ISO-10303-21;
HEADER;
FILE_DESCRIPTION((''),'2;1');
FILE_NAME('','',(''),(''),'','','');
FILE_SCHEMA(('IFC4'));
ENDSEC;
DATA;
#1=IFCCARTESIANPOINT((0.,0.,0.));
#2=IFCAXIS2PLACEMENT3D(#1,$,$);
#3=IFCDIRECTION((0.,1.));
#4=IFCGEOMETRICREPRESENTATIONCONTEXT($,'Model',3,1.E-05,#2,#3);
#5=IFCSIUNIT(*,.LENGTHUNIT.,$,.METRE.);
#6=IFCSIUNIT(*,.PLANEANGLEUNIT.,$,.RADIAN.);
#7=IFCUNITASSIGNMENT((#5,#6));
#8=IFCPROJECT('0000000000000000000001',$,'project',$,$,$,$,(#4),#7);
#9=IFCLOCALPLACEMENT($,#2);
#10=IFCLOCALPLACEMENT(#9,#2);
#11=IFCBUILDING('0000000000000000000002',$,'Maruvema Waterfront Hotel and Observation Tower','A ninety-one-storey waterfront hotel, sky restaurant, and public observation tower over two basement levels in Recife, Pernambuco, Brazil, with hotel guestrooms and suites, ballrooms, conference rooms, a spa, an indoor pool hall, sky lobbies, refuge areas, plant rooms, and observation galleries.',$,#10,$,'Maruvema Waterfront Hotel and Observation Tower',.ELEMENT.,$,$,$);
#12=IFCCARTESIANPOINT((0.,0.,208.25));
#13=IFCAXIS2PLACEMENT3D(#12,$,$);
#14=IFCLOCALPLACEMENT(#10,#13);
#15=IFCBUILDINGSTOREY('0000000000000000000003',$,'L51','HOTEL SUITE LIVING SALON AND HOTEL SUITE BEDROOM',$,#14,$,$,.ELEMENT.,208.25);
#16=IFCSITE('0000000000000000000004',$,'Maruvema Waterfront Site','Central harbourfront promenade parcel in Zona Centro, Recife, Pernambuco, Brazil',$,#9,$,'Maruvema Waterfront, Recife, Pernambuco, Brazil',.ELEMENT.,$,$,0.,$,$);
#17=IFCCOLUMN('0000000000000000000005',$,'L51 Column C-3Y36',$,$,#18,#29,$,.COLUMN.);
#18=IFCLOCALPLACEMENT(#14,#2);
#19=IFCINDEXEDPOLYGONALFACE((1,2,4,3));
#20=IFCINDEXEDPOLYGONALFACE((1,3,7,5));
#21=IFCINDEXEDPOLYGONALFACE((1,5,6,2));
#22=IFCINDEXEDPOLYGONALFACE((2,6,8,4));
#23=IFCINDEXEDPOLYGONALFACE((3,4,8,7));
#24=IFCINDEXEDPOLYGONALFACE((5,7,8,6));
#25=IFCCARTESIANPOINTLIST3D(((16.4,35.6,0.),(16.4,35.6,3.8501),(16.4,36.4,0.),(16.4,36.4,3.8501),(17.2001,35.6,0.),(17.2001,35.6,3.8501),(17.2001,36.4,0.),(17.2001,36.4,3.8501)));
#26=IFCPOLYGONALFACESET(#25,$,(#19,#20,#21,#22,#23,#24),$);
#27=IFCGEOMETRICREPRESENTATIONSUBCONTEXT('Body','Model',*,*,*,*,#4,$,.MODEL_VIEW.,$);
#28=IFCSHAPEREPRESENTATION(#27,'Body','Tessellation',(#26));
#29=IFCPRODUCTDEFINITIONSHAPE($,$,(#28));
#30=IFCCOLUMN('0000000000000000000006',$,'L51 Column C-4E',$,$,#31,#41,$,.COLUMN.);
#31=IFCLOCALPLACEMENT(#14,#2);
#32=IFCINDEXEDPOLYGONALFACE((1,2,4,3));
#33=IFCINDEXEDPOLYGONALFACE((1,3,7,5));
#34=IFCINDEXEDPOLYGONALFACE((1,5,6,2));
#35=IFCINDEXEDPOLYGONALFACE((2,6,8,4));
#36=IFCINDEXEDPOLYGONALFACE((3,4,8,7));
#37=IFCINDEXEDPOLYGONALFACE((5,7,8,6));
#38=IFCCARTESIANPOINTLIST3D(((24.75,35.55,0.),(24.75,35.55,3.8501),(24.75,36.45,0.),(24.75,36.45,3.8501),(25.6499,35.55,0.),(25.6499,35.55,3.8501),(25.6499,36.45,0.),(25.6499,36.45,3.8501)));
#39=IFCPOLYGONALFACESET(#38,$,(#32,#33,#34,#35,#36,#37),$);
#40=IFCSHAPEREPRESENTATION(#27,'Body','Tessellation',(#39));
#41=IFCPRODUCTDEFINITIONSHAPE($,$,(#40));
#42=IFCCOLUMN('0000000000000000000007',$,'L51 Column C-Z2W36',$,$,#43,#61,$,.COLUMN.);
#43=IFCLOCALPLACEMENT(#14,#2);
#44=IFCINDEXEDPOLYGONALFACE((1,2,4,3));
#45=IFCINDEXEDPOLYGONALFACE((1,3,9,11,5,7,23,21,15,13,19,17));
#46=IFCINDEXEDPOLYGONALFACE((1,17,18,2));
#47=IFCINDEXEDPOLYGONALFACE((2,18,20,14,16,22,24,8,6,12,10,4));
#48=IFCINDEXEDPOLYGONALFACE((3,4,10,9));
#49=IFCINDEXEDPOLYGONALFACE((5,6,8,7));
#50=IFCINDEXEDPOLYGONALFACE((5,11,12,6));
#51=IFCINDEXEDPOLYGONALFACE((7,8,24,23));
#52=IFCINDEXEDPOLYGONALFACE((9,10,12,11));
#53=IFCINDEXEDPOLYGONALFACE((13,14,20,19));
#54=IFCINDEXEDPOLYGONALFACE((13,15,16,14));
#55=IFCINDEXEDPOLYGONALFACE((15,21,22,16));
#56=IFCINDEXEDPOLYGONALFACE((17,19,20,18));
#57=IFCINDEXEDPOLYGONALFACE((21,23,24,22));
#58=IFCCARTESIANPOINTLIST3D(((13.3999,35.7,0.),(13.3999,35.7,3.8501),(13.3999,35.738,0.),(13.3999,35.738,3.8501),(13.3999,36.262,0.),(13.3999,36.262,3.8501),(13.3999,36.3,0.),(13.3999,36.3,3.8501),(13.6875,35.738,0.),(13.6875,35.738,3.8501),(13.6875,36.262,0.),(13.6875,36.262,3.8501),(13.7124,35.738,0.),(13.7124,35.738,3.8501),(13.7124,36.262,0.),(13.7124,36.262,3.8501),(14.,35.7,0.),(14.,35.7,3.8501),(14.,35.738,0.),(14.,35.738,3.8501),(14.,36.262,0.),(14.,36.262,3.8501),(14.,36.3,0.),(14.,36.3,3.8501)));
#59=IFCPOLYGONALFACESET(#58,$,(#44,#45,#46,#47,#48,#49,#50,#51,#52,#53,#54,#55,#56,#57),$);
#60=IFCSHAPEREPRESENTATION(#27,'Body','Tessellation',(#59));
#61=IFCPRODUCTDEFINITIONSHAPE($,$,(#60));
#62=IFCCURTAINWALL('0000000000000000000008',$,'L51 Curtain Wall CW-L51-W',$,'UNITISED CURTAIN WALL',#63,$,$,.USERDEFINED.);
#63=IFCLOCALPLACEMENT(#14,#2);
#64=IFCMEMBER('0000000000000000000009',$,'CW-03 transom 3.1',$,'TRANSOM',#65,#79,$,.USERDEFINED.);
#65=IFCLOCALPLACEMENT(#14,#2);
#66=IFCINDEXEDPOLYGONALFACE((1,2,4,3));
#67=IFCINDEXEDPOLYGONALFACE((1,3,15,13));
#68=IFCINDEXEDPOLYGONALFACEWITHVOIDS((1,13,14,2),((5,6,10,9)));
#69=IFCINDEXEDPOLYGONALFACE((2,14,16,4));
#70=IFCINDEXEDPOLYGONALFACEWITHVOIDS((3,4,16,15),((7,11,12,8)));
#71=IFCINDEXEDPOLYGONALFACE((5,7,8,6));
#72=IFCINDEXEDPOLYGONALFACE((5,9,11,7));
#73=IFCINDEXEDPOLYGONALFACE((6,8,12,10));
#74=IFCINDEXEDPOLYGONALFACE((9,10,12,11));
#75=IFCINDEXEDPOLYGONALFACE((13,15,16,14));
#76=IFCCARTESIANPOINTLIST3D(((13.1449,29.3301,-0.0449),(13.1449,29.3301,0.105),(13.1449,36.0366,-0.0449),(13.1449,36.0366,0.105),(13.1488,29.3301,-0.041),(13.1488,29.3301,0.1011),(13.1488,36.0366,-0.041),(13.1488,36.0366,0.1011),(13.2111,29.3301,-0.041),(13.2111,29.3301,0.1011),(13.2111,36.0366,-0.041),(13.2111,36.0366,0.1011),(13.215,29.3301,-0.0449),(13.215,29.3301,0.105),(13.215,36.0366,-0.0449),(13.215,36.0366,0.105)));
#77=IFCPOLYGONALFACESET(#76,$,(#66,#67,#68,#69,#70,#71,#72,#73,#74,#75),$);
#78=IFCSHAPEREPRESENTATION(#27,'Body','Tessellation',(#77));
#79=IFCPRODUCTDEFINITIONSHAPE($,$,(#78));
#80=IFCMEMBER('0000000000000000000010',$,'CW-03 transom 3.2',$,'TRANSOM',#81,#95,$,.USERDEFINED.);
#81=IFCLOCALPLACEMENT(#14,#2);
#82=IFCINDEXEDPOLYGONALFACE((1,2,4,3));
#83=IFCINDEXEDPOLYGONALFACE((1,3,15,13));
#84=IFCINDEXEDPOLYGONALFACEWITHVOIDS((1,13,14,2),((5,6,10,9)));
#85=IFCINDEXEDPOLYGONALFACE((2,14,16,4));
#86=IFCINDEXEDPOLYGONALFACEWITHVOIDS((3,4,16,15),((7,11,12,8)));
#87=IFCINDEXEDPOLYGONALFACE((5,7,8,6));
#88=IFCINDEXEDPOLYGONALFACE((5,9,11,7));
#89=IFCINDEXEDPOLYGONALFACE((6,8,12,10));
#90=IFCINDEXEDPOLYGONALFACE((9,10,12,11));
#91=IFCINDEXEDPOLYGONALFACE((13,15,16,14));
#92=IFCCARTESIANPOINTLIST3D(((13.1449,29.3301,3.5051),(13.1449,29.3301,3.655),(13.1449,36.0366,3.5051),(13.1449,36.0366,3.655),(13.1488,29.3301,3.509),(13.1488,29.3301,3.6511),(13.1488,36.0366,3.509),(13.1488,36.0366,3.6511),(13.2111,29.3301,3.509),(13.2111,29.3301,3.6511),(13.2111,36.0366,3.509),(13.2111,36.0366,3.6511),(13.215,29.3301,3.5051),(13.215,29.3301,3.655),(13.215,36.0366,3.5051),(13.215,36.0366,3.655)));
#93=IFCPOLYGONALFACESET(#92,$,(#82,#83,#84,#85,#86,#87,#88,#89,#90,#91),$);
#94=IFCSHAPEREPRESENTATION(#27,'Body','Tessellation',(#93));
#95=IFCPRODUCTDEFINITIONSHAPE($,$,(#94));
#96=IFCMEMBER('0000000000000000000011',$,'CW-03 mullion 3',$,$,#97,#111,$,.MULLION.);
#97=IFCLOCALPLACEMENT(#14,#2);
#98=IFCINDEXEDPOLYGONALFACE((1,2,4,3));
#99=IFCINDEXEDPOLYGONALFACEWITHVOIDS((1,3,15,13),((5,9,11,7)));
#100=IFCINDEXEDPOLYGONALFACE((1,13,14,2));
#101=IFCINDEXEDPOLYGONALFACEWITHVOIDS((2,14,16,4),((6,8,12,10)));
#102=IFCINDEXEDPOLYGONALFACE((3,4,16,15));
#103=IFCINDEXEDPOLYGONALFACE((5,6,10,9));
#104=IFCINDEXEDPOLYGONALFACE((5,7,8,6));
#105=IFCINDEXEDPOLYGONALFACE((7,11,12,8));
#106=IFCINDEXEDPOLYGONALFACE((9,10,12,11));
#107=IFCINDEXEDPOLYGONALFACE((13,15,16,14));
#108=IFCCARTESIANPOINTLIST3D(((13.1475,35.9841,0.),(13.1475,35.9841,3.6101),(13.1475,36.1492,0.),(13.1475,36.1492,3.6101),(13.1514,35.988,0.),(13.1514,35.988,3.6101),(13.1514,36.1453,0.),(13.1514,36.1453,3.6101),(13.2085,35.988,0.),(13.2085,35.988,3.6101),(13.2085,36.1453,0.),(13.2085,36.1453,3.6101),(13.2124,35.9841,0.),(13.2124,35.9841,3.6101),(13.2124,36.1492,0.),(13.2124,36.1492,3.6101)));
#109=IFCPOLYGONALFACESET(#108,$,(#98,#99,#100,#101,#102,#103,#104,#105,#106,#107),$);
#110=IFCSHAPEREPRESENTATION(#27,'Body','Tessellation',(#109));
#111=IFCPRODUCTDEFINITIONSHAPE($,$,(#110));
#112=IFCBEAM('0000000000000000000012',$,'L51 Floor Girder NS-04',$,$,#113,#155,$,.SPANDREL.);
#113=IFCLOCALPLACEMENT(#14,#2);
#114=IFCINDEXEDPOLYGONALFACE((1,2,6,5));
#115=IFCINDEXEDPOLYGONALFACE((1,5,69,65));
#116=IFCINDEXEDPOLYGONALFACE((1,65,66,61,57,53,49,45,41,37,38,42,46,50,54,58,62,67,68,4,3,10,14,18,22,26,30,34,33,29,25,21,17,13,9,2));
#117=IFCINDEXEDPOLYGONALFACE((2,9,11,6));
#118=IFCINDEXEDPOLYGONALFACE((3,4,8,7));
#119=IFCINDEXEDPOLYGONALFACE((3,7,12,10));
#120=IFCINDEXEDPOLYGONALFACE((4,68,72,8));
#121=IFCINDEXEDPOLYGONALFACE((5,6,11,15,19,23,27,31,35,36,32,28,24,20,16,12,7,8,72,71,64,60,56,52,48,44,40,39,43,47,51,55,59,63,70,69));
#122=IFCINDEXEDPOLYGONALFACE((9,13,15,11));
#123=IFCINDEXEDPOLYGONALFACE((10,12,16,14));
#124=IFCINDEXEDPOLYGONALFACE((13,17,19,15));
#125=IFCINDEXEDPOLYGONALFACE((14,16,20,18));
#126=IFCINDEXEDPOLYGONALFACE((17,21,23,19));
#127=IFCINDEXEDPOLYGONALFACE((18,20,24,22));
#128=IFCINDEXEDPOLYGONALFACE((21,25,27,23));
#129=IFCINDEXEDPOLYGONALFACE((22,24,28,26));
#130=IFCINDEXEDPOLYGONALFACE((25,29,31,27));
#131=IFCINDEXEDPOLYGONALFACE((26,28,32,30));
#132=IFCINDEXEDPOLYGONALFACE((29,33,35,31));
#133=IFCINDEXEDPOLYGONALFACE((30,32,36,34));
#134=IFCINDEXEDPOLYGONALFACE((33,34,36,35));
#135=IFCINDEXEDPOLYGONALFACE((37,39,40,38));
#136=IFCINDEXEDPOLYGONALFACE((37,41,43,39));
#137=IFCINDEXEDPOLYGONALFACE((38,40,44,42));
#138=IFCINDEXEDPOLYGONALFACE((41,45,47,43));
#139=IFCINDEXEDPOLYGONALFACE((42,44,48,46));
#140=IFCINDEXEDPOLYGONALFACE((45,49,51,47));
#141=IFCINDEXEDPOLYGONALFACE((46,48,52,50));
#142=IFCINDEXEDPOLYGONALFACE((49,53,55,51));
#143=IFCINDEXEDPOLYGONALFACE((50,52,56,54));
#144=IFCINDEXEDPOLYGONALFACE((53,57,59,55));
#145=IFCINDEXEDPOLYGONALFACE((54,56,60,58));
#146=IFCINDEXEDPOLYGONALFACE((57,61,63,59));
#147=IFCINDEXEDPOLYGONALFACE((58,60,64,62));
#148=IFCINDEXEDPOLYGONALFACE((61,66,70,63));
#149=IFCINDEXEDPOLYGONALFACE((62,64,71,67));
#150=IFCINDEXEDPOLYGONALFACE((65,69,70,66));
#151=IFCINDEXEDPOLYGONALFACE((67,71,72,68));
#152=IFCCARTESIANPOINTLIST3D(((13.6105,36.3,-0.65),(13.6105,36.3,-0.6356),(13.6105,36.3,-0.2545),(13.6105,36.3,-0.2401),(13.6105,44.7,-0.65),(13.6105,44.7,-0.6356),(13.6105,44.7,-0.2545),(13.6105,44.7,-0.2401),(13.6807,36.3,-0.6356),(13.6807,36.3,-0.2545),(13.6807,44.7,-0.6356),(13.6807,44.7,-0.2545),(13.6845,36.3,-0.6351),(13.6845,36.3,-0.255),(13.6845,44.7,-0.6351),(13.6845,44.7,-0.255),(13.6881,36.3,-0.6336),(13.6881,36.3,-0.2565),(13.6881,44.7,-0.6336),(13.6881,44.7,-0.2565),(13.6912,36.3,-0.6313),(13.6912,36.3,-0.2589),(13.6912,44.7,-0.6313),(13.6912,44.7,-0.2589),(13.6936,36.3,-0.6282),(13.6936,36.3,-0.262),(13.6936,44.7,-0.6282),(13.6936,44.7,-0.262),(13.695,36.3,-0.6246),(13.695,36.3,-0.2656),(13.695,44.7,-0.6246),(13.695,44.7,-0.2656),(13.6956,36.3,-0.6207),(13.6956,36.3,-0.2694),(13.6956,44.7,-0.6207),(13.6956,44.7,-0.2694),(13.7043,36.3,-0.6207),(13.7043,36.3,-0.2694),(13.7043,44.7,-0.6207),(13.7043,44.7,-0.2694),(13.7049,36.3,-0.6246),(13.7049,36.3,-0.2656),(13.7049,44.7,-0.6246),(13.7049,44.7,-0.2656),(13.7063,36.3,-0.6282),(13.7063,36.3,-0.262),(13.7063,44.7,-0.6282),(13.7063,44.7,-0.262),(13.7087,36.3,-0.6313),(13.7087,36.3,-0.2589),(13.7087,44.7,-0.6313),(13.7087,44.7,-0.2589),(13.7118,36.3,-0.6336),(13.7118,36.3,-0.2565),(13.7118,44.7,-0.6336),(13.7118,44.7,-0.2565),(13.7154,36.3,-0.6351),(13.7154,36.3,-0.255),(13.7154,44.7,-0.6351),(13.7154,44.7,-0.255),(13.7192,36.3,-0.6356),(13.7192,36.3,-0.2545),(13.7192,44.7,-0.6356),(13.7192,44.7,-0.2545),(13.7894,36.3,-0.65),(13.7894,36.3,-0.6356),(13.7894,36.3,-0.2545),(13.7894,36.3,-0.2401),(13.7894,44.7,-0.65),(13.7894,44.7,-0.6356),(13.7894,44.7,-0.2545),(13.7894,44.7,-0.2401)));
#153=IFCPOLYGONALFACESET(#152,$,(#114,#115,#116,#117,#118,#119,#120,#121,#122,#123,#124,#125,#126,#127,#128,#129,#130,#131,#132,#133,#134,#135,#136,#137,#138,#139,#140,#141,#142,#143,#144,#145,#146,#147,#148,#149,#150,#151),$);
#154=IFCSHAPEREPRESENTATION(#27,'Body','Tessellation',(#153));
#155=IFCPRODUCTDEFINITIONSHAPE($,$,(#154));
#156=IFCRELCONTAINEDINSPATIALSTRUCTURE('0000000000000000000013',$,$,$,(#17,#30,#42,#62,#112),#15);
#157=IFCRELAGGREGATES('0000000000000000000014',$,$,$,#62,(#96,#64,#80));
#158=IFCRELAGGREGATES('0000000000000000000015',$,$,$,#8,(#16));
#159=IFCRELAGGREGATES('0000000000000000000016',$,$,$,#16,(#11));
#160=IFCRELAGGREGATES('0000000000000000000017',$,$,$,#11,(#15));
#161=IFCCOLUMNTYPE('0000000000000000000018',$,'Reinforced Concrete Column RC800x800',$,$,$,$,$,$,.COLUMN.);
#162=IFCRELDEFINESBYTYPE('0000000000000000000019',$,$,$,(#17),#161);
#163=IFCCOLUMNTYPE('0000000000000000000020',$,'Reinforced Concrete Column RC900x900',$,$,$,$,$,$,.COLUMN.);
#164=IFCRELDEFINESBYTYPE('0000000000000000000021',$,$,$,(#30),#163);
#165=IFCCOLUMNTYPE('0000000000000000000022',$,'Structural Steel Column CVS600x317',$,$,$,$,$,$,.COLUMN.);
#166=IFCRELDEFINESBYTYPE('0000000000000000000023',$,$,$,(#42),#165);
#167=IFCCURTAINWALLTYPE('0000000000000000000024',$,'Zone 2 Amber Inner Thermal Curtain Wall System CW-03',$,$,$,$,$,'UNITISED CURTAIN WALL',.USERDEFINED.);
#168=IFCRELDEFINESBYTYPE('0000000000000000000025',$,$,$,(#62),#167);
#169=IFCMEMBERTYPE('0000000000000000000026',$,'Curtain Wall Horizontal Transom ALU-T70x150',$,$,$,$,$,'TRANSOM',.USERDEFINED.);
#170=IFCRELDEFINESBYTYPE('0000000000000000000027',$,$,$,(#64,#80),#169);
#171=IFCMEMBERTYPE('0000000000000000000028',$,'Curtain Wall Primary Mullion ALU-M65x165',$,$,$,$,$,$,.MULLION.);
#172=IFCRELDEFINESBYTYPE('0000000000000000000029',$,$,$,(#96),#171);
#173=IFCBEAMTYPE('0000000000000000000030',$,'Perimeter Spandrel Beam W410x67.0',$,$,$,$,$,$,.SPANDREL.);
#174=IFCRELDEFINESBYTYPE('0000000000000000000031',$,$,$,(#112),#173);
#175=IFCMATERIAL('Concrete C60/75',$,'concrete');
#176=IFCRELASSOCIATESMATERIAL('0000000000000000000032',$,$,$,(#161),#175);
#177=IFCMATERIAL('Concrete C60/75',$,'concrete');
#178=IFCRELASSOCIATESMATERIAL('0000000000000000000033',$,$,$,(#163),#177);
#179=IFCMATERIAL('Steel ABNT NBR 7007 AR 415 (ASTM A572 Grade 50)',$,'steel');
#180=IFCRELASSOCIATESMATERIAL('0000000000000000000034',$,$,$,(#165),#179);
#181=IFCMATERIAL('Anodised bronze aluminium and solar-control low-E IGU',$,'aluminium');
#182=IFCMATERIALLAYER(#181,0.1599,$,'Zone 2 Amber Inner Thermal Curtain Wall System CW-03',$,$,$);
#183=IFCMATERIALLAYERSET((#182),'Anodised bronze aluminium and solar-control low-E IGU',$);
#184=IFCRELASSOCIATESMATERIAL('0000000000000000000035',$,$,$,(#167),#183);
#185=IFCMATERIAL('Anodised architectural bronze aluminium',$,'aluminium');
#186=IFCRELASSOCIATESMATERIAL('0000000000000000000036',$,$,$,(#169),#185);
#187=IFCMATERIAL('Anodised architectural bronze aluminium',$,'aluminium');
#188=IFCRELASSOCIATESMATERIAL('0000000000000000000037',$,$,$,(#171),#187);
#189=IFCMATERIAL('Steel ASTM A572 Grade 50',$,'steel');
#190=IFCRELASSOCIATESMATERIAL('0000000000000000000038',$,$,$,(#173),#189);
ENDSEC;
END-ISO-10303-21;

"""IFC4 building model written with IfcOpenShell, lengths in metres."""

from ifc_helpers import new_model, si_unit, direction, frame, origin, origin_2d, place, context, subcontext, project, spatial, rectangle, hollow_rectangle, i_section, extrude, material, layer, layer_set, material_profile, profile_set, type_object, element, aggregate, save


model = new_model("IFC4")

# Units and contexts
model_context = context("Model", 3, precision=1e-05, world=origin(), true_north=direction((0.0, 1.0)))
body_context = subcontext(model_context, "Body", "Model", "MODEL_VIEW")
ifc_project = project(units=[si_unit("LENGTHUNIT", "METRE"), si_unit("PLANEANGLEUNIT", "RADIAN")], contexts=[model_context])

# Site, building, storey
site_placement = place(None, origin())
site = spatial("IfcSite", under=ifc_project, at=site_placement, Name="Maruvema Waterfront Site", Description="Central harbourfront promenade parcel in Zona Centro, Recife, Pernambuco, Brazil", LongName="Maruvema Waterfront, Recife, Pernambuco, Brazil", CompositionType="ELEMENT", RefElevation=0.0)
building_placement = place(site_placement, origin())
building = spatial("IfcBuilding", under=site, at=building_placement, Name="Maruvema Waterfront Hotel and Observation Tower", Description="A ninety-one-storey waterfront hotel, sky restaurant, and public observation tower over two basement levels in Recife, Pernambuco, Brazil, with hotel guestrooms and suites, ballrooms, conference rooms, a spa, an indoor pool hall, sky lobbies, refuge areas, plant rooms, and observation galleries.", LongName="Maruvema Waterfront Hotel and Observation Tower", CompositionType="ELEMENT")
storey_placement = place(building_placement, frame((0.0, 0.0, 208.25)))
storey = spatial("IfcBuildingStorey", under=building, at=storey_placement, Name="L51", Description="HOTEL SUITE LIVING SALON AND HOTEL SUITE BEDROOM", CompositionType="ELEMENT", Elevation=208.25)

# Columns
ifc_material_1 = material(Name="Concrete C60/75", Category="concrete")
ifc_material_profile_1 = material_profile(ifc_material_1, rectangle(XDim=0.8, YDim=0.8, at=origin_2d()), Name="RC800x800")
ifc_profile_set_1 = profile_set([ifc_material_profile_1], Name="Concrete C60/75")
column_type_1 = type_object("IfcColumnType", Name="Reinforced Concrete Column RC800x800", PredefinedType="COLUMN", material=ifc_profile_set_1)
column_1_placement = place(storey_placement, frame((16.8, 36.0, 0.0), z_axis=(0.0, 0.0, 1.0), x_axis=(1.0, 0.0, 0.0)))
element("IfcColumn", 1, at=column_1_placement, inside=storey, type_object=column_type_1, Name="L51 Column C-3Y36", PredefinedType="COLUMN", context=body_context, shape_type="SweptSolid", body=[
    extrude(rectangle(XDim=0.8, YDim=0.8, at=origin_2d()), origin(), (0.0, 0.0, 1.0), 3.8501),
])
ifc_material_2 = material(Name="Concrete C60/75", Category="concrete")
ifc_material_profile_2 = material_profile(ifc_material_2, rectangle(XDim=0.8999, YDim=0.8999, at=origin_2d()), Name="RC900x900")
ifc_profile_set_2 = profile_set([ifc_material_profile_2], Name="Concrete C60/75")
column_type_2 = type_object("IfcColumnType", Name="Reinforced Concrete Column RC900x900", PredefinedType="COLUMN", material=ifc_profile_set_2)
column_2_placement = place(storey_placement, frame((25.2, 36.0, 0.0), z_axis=(0.0, 0.0, 1.0), x_axis=(1.0, 0.0, 0.0)))
element("IfcColumn", 2, at=column_2_placement, inside=storey, type_object=column_type_2, Name="L51 Column C-4E", PredefinedType="COLUMN", context=body_context, shape_type="SweptSolid", body=[
    extrude(rectangle(XDim=0.8999, YDim=0.8999, at=origin_2d()), origin(), (0.0, 0.0, 1.0), 3.8501),
])
ifc_material_3 = material(Name="Steel ABNT NBR 7007 AR 415 (ASTM A572 Grade 50)", Category="steel")
ifc_material_profile_3 = material_profile(ifc_material_3, i_section(OverallWidth=0.6001, OverallDepth=0.6001, WebThickness=0.0249, FlangeThickness=0.0381, at=origin_2d()), Name="CVS600x317")
ifc_profile_set_3 = profile_set([ifc_material_profile_3], Name="Steel ABNT NBR 7007 AR 415 (ASTM A572 Grade 50)")
column_type_3 = type_object("IfcColumnType", Name="Structural Steel Column CVS600x317", PredefinedType="COLUMN", material=ifc_profile_set_3)
column_3_placement = place(storey_placement, frame((13.7, 36.0, 0.0), z_axis=(0.0, 0.0, 1.0), x_axis=(1.0, 0.0, 0.0)))
element("IfcColumn", 3, at=column_3_placement, inside=storey, type_object=column_type_3, Name="L51 Column C-Z2W36", PredefinedType="COLUMN", context=body_context, shape_type="SweptSolid", body=[
    extrude(i_section(OverallWidth=0.6001, OverallDepth=0.6001, WebThickness=0.0249, FlangeThickness=0.0381, at=origin_2d()), origin(), (0.0, 0.0, 1.0), 3.8501),
])

# Curtain wall, members
ifc_material_4 = material(Name="Anodised bronze aluminium and solar-control low-E IGU", Category="aluminium")
ifc_layer_1 = layer(ifc_material_4, 0.1599, Name="Zone 2 Amber Inner Thermal Curtain Wall System CW-03")
ifc_layer_set_1 = layer_set([ifc_layer_1], Name="Anodised bronze aluminium and solar-control low-E IGU")
curtain_wall_type = type_object("IfcCurtainWallType", Name="Zone 2 Amber Inner Thermal Curtain Wall System CW-03", ElementType="UNITISED CURTAIN WALL", PredefinedType="USERDEFINED", material=ifc_layer_set_1)
curtain_wall_placement = place(storey_placement, origin())
curtain_wall = element("IfcCurtainWall", 4, at=curtain_wall_placement, inside=storey, type_object=curtain_wall_type, Name="L51 Curtain Wall CW-L51-W", ObjectType="UNITISED CURTAIN WALL", PredefinedType="USERDEFINED")
ifc_material_5 = material(Name="Anodised architectural bronze aluminium", Category="aluminium")
ifc_material_profile_4 = material_profile(ifc_material_5, hollow_rectangle(XDim=0.0701, YDim=0.1499, WallThickness=0.0039, at=origin_2d()), Name="ALU-T70x150")
ifc_profile_set_4 = profile_set([ifc_material_profile_4], Name="Anodised architectural bronze aluminium")
member_type_1 = type_object("IfcMemberType", Name="Curtain Wall Horizontal Transom ALU-T70x150", ElementType="TRANSOM", PredefinedType="USERDEFINED", material=ifc_profile_set_4)
member_1_placement = place(storey_placement, frame((13.1799, 36.0366, 0.03), z_axis=(0.0, -1.0, 0.0), x_axis=(1.0, 0.0, 0.0)))
member_1 = element("IfcMember", 5, at=member_1_placement, type_object=member_type_1, Name="CW-03 transom 3.1", ObjectType="TRANSOM", PredefinedType="USERDEFINED", context=body_context, shape_type="SweptSolid", body=[
    extrude(hollow_rectangle(XDim=0.0701, YDim=0.1499, WallThickness=0.0039, at=origin_2d()), origin(), (0.0, 0.0, 1.0), 6.7065),
])
member_2_placement = place(storey_placement, frame((13.1799, 36.0366, 3.5801), z_axis=(0.0, -1.0, 0.0), x_axis=(1.0, 0.0, 0.0)))
member_2 = element("IfcMember", 6, at=member_2_placement, type_object=member_type_1, Name="CW-03 transom 3.2", ObjectType="TRANSOM", PredefinedType="USERDEFINED", context=body_context, shape_type="SweptSolid", body=[
    extrude(hollow_rectangle(XDim=0.0701, YDim=0.1499, WallThickness=0.0039, at=origin_2d()), origin(), (0.0, 0.0, 1.0), 6.7065),
])
ifc_material_6 = material(Name="Anodised architectural bronze aluminium", Category="aluminium")
ifc_material_profile_5 = material_profile(ifc_material_6, hollow_rectangle(XDim=0.0649, YDim=0.165, WallThickness=0.0039, at=origin_2d()), Name="ALU-M65x165")
ifc_profile_set_5 = profile_set([ifc_material_profile_5], Name="Anodised architectural bronze aluminium")
member_type_2 = type_object("IfcMemberType", Name="Curtain Wall Primary Mullion ALU-M65x165", PredefinedType="MULLION", material=ifc_profile_set_5)
member_3_placement = place(storey_placement, frame((13.1799, 36.0667, 0.0), z_axis=(0.0, 0.0, 1.0), x_axis=(1.0, 0.0, 0.0)))
member_3 = element("IfcMember", 7, at=member_3_placement, type_object=member_type_2, Name="CW-03 mullion 3", PredefinedType="MULLION", context=body_context, shape_type="SweptSolid", body=[
    extrude(hollow_rectangle(XDim=0.0649, YDim=0.165, WallThickness=0.0039, at=origin_2d()), origin(), (0.0, 0.0, 1.0), 3.6101),
])

# Beam
ifc_material_7 = material(Name="Steel ASTM A572 Grade 50", Category="steel")
ifc_material_profile_6 = material_profile(ifc_material_7, i_section(OverallWidth=0.179, OverallDepth=0.4099, WebThickness=0.0088, FlangeThickness=0.0144, FilletRadius=0.0149, at=origin_2d()), Name="W410x67.0")
ifc_profile_set_6 = profile_set([ifc_material_profile_6], Name="Steel ASTM A572 Grade 50")
beam_type_1 = type_object("IfcBeamType", Name="Perimeter Spandrel Beam W410x67.0", PredefinedType="SPANDREL", material=ifc_profile_set_6)
beam_1_placement = place(storey_placement, frame((13.7, 36.3, -0.4451), z_axis=(0.0, 1.0, 0.0), x_axis=(-1.0, 0.0, 0.0)))
element("IfcBeam", 8, at=beam_1_placement, inside=storey, type_object=beam_type_1, Name="L51 Floor Girder NS-04", PredefinedType="SPANDREL", context=body_context, shape_type="SweptSolid", body=[
    extrude(i_section(OverallWidth=0.179, OverallDepth=0.4099, WebThickness=0.0088, FlangeThickness=0.0144, FilletRadius=0.0149, at=origin_2d()), origin(), (0.0, 0.0, 1.0), 8.3999),
])

aggregate(curtain_wall, [member_3, member_1, member_2])

save(model, "model.ifc")
